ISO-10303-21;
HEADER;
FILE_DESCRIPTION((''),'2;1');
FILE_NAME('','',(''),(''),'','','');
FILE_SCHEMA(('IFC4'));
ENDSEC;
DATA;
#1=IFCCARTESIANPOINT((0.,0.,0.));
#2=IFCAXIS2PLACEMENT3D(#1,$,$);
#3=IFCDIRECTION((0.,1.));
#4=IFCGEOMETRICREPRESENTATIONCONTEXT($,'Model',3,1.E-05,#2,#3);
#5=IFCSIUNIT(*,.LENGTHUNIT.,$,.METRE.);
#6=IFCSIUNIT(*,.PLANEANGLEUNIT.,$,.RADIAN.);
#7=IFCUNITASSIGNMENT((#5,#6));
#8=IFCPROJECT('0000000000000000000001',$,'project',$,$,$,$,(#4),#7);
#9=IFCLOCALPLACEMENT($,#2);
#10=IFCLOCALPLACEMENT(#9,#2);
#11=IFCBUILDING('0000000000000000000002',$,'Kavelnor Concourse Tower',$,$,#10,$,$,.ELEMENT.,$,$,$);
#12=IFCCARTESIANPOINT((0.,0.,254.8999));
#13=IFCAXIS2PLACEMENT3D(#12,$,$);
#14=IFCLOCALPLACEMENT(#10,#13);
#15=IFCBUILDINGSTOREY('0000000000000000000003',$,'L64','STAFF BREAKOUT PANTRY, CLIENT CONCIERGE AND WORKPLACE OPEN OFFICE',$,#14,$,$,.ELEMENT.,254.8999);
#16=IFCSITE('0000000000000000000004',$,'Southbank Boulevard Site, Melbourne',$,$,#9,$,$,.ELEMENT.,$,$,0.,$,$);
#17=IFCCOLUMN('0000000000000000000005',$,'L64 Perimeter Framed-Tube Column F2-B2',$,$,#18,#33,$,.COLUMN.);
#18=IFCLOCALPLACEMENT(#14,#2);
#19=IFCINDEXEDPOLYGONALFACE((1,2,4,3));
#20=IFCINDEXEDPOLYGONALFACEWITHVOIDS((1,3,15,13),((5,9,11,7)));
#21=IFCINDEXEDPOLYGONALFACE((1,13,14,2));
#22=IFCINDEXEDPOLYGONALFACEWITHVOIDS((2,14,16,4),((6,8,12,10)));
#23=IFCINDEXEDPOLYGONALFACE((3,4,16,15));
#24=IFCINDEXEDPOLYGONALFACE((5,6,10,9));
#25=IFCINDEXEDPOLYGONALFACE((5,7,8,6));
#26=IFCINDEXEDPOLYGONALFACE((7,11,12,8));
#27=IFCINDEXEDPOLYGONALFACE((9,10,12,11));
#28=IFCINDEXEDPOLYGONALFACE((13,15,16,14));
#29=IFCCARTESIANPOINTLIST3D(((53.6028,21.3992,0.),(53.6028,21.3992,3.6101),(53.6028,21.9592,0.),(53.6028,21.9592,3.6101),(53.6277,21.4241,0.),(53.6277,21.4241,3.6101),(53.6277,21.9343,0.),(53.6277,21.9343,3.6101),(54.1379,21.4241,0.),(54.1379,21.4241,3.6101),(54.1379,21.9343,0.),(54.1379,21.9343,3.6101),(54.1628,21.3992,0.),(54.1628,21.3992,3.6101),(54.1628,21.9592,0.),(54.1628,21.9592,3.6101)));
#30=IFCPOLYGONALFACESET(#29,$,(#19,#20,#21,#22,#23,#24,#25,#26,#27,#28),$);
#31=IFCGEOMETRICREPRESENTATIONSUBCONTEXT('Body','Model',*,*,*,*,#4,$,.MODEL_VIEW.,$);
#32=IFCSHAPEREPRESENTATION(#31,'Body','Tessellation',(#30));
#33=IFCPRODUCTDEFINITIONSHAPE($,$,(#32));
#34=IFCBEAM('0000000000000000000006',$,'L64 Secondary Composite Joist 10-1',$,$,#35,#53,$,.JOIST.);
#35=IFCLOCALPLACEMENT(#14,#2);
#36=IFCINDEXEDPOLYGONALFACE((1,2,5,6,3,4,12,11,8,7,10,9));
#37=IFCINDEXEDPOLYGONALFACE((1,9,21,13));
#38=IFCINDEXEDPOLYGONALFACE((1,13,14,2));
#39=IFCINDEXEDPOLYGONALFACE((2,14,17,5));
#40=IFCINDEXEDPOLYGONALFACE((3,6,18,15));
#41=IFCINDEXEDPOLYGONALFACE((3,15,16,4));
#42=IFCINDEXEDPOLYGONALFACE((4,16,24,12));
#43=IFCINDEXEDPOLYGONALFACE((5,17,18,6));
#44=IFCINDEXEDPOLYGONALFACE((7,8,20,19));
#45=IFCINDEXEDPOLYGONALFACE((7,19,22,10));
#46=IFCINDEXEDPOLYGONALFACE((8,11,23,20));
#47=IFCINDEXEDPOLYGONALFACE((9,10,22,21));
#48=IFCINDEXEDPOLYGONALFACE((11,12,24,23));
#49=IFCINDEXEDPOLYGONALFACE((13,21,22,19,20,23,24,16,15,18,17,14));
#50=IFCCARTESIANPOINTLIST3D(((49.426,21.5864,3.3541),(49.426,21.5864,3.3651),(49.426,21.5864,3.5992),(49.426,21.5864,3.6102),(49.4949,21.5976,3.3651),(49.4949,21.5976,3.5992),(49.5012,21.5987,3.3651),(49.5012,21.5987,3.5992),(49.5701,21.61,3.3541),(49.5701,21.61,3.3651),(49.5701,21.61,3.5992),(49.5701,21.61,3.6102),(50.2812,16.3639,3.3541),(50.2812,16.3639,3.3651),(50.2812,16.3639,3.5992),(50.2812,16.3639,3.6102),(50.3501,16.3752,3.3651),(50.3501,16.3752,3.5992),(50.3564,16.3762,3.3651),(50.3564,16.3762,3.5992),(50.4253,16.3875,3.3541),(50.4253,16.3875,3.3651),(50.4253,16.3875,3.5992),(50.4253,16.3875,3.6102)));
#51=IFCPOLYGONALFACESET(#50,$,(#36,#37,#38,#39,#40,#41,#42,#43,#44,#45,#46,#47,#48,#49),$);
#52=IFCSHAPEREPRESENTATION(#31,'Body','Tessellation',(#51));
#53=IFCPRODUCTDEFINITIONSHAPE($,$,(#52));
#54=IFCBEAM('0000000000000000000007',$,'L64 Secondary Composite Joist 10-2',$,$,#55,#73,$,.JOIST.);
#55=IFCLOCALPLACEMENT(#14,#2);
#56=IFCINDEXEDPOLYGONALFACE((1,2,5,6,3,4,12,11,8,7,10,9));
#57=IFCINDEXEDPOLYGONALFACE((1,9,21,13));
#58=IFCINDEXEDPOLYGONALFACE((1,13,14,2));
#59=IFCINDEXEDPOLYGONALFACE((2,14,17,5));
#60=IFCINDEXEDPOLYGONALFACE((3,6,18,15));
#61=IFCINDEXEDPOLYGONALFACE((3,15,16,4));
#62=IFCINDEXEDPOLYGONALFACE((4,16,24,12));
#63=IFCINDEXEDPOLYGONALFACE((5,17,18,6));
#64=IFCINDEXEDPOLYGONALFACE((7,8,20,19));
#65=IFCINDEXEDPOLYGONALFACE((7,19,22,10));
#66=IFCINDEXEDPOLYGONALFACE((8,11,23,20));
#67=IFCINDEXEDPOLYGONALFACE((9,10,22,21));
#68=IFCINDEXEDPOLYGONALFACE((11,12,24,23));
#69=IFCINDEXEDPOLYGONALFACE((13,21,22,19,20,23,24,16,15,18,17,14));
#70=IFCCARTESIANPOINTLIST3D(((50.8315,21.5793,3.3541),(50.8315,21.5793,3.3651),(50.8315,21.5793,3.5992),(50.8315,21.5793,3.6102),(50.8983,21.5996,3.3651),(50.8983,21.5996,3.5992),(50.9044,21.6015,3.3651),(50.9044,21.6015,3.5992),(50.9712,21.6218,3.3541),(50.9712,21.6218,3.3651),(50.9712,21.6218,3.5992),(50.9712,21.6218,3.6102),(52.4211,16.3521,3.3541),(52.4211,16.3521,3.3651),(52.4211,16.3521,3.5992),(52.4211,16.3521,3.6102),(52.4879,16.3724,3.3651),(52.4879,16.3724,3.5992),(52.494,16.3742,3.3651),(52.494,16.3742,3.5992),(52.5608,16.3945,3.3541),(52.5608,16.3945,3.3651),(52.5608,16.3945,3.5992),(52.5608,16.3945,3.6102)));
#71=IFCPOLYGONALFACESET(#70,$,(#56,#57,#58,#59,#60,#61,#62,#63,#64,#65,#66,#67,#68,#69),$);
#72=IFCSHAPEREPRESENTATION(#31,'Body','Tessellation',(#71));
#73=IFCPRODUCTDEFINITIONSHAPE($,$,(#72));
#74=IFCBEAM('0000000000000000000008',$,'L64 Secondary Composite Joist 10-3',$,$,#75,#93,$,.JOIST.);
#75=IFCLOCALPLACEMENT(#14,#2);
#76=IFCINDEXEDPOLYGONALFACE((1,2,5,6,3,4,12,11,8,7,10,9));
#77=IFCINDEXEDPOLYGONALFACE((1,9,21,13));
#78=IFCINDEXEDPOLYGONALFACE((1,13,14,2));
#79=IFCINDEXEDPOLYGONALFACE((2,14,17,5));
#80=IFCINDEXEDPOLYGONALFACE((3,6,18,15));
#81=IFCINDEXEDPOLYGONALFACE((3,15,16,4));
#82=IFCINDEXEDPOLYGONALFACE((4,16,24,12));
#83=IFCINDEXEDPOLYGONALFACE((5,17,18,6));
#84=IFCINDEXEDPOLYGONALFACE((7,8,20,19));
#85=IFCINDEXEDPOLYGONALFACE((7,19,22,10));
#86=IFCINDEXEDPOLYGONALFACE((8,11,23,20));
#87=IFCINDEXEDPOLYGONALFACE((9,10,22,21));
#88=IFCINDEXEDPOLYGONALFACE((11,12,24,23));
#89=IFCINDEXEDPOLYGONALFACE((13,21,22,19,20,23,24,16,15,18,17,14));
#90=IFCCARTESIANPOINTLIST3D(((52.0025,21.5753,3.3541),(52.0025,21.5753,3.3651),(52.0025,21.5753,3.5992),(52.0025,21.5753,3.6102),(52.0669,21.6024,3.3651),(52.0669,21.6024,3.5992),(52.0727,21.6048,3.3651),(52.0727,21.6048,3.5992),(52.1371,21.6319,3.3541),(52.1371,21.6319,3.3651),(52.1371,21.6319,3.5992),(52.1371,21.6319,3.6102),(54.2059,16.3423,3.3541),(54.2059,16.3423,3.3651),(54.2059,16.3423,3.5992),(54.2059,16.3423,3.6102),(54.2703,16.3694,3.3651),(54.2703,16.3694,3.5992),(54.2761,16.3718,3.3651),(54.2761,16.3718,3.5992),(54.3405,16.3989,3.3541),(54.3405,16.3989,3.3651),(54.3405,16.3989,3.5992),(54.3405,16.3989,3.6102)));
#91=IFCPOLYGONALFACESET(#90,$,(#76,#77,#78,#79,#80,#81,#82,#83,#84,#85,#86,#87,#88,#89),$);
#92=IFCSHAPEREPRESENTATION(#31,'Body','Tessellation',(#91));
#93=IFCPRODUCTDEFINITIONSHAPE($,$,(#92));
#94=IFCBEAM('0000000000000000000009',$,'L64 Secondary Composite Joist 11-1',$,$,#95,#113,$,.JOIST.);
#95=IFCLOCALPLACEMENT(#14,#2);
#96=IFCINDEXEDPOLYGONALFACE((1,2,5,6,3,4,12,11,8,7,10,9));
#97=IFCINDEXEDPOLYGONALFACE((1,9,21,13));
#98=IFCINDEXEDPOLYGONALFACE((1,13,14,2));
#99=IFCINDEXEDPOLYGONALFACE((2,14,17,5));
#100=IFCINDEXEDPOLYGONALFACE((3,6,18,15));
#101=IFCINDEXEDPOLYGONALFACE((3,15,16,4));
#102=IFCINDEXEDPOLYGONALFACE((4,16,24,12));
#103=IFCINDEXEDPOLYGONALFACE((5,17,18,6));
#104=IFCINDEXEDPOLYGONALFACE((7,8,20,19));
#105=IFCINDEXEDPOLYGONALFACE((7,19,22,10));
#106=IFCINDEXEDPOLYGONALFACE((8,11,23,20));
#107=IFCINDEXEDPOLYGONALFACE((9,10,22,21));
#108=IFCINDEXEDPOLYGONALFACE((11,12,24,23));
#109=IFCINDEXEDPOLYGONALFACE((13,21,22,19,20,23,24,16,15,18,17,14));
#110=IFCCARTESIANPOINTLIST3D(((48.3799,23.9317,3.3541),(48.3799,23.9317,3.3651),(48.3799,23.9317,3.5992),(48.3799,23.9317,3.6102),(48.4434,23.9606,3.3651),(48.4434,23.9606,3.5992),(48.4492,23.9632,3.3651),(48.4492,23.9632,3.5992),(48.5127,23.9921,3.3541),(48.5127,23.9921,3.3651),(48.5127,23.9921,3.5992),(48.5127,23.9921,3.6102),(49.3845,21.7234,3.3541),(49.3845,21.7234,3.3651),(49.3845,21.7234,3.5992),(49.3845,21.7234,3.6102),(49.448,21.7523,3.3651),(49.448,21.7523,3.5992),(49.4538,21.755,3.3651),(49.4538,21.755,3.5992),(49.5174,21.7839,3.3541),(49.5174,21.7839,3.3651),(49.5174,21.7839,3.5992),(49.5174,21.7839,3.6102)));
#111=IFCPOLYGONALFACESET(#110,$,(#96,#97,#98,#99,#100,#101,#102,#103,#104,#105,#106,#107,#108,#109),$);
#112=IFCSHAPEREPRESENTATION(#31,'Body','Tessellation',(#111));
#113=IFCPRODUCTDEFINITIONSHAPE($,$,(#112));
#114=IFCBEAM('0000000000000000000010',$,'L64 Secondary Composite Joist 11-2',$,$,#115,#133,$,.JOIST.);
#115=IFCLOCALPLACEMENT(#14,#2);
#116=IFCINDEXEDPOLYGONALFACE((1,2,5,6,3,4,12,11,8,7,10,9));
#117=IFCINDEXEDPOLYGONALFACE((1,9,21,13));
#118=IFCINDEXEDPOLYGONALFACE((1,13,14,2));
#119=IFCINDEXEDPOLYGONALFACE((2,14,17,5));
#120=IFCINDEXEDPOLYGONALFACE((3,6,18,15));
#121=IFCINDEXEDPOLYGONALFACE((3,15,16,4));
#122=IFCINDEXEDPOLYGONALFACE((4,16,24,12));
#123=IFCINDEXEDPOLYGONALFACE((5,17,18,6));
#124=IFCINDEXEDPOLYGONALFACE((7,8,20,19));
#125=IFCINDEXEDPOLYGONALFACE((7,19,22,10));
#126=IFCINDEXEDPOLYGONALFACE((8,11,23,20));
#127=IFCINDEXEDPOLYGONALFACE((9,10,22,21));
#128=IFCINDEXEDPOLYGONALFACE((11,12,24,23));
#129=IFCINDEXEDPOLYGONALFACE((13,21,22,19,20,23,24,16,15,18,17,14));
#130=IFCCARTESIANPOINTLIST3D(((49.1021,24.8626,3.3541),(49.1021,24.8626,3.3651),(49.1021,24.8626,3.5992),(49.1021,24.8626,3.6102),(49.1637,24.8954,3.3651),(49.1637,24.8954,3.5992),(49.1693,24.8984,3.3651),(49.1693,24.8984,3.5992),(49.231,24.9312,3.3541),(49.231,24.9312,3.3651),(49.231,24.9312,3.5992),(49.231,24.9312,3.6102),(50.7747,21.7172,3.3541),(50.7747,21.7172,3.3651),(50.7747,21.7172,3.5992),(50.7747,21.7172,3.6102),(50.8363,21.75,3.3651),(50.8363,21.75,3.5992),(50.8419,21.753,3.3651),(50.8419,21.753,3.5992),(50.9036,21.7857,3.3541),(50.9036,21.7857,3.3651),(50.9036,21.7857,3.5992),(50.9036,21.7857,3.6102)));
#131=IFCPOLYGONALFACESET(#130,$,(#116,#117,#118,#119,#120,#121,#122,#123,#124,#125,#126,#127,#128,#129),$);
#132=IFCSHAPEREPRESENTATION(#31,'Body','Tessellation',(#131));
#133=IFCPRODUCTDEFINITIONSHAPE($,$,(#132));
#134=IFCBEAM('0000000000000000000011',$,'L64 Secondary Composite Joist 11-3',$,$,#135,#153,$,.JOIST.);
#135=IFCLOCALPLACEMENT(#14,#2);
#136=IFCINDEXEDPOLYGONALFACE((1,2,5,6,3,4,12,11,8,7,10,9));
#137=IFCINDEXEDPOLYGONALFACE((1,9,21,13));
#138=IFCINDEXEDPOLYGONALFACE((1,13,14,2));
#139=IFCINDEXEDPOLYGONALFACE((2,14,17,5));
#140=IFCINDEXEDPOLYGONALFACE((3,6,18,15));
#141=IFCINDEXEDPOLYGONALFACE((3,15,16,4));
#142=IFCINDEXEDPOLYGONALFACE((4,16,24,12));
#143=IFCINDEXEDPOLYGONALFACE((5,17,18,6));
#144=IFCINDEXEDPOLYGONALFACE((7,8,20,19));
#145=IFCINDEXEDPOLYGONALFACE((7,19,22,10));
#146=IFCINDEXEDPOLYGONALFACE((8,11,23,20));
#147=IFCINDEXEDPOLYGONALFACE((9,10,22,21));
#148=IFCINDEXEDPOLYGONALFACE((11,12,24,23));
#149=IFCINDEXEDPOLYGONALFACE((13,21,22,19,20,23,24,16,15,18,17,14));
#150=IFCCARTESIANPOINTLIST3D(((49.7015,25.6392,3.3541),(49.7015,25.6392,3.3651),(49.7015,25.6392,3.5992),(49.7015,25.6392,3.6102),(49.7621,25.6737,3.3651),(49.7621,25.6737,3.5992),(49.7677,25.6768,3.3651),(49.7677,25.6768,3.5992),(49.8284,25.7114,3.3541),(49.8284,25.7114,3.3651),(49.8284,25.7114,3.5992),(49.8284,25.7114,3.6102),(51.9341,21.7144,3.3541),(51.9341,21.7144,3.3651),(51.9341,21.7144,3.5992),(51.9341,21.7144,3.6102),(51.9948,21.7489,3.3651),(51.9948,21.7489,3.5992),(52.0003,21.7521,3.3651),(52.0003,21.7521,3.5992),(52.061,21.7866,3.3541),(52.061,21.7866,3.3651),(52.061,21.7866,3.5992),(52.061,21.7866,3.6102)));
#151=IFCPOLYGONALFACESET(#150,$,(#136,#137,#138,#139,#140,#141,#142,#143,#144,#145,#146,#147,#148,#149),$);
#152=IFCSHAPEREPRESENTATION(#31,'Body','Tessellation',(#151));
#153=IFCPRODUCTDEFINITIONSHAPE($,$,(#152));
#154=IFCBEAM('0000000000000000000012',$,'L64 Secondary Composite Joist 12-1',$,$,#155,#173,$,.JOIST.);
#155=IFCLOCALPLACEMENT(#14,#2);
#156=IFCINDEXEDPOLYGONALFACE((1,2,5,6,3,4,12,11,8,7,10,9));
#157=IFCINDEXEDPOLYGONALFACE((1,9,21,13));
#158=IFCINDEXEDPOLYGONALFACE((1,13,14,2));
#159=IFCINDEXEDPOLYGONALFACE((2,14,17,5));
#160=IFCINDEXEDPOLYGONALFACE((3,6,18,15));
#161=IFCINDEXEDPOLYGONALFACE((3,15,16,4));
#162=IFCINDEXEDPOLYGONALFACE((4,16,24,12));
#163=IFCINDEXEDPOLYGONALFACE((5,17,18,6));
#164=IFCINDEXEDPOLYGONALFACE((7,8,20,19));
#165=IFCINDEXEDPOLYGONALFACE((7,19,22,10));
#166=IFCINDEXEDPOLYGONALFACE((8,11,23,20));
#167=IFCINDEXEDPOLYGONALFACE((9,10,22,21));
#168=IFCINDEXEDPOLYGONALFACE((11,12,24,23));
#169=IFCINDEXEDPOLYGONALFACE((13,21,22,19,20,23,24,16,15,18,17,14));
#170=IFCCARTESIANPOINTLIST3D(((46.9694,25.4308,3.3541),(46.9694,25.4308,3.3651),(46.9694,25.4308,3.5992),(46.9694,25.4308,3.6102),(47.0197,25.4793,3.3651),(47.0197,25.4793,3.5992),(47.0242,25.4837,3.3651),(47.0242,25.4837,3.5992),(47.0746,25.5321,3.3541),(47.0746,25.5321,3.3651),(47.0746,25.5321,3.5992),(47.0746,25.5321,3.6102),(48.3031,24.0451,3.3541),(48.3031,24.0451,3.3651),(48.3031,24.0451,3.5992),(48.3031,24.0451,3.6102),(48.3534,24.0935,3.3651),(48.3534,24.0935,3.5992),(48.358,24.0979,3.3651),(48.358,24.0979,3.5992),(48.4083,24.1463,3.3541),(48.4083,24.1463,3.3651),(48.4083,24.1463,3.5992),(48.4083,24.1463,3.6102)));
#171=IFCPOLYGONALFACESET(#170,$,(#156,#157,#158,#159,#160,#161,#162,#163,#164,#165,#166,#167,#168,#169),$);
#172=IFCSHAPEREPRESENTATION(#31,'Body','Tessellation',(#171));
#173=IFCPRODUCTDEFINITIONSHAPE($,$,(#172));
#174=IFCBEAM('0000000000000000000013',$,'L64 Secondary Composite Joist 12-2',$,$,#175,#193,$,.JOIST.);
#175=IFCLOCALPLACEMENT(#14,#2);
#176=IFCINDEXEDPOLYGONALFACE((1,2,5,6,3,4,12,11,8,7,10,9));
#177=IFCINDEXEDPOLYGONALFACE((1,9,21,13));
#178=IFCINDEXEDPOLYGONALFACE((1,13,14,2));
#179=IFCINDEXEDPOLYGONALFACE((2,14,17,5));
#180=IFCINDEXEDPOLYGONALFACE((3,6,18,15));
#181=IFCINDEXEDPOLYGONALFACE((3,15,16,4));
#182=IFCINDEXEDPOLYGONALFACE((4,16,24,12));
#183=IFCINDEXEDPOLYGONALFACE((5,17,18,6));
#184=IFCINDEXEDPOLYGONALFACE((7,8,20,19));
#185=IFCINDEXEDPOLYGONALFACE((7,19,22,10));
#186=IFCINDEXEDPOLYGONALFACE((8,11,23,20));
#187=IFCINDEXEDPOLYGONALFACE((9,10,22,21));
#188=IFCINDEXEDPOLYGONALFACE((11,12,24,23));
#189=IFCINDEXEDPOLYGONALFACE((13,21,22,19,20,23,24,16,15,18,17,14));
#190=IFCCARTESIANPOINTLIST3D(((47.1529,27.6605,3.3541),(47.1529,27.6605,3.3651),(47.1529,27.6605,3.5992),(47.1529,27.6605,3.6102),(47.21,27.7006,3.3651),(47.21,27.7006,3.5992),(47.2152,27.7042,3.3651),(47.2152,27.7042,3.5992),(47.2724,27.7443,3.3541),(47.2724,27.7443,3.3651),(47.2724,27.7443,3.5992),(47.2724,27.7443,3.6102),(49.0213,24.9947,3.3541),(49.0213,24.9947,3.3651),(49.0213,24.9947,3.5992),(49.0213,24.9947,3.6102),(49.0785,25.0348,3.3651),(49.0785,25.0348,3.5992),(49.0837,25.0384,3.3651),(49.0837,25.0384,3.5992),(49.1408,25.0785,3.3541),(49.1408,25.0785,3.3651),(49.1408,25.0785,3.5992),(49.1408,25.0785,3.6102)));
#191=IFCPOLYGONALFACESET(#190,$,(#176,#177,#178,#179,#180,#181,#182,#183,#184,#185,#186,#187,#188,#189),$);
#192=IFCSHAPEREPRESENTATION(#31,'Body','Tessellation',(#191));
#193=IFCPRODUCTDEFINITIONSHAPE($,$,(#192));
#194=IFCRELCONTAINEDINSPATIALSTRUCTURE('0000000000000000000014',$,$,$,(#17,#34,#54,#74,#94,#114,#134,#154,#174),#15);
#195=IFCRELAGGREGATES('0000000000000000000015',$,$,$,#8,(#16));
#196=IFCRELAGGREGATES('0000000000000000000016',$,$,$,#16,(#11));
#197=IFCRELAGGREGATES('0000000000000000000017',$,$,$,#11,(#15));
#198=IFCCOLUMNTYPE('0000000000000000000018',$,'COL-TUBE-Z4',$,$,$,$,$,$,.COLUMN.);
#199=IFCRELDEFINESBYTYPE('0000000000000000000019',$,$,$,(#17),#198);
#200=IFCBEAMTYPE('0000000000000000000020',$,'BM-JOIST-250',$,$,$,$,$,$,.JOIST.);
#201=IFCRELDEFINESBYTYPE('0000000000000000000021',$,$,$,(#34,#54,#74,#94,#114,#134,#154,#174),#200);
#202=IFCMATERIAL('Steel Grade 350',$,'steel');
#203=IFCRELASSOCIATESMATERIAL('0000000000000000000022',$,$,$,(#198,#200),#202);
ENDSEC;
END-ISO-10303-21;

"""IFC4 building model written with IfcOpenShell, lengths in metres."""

from ifc_helpers import new_model, si_unit, direction, frame, origin, origin_2d, place, context, subcontext, project, spatial, hollow_rectangle, i_section, extrude, material, material_profile, profile_set, type_object, element, save


model = new_model("IFC4")

# Units and contexts
model_context = context("Model", 3, precision=1e-05, world=origin(), true_north=direction((0.0, 1.0)))
body_context = subcontext(model_context, "Body", "Model", "MODEL_VIEW")
ifc_project = project(units=[si_unit("LENGTHUNIT", "METRE"), si_unit("PLANEANGLEUNIT", "RADIAN")], contexts=[model_context])

# Site, building, storey
site_placement = place(None, origin())
site = spatial("IfcSite", under=ifc_project, at=site_placement, Name="Southbank Boulevard Site, Melbourne", CompositionType="ELEMENT", RefElevation=0.0)
building_placement = place(site_placement, origin())
building = spatial("IfcBuilding", under=site, at=building_placement, Name="Kavelnor Concourse Tower", CompositionType="ELEMENT")
storey_placement = place(building_placement, frame((0.0, 0.0, 254.8999)))
storey = spatial("IfcBuildingStorey", under=building, at=storey_placement, Name="L64", Description="STAFF BREAKOUT PANTRY, CLIENT CONCIERGE AND WORKPLACE OPEN OFFICE", CompositionType="ELEMENT", Elevation=254.8999)

# Column
ifc_material_1 = material(Name="Steel Grade 350", Category="steel")
ifc_material_profile_1 = material_profile(ifc_material_1, hollow_rectangle(XDim=0.5601, YDim=0.5601, WallThickness=0.0249, at=origin_2d()), Name="SHS 560x560x25")
ifc_profile_set_1 = profile_set([ifc_material_profile_1], Name="Steel Grade 350")
column_type = type_object("IfcColumnType", Name="COL-TUBE-Z4", PredefinedType="COLUMN", material=ifc_profile_set_1)
column_placement = place(storey_placement, frame((53.8828, 21.6792, 0.0), z_axis=(0.0, 0.0, 1.0), x_axis=(1.0, 0.0, 0.0)))
element("IfcColumn", 1, at=column_placement, inside=storey, type_object=column_type, Name="L64 Perimeter Framed-Tube Column F2-B2", PredefinedType="COLUMN", context=body_context, shape_type="SweptSolid", body=[
    extrude(hollow_rectangle(XDim=0.5601, YDim=0.5601, WallThickness=0.0249, at=origin_2d()), origin(), (0.0, 0.0, 1.0), 3.6101),
])

# Beams
ifc_material_profile_2 = material_profile(ifc_material_1, i_section(OverallWidth=0.146, OverallDepth=0.2561, WebThickness=0.0063, FlangeThickness=0.011, at=origin_2d()), Name="250UB37")
ifc_profile_set_2 = profile_set([ifc_material_profile_2], Name="Steel Grade 350")
beam_type_1 = type_object("IfcBeamType", Name="BM-JOIST-250", PredefinedType="JOIST", material=ifc_profile_set_2)
beam_1_placement = place(storey_placement, frame((50.3533, 16.3757, 3.4822), z_axis=(-0.161608, 0.986855, 0.0), x_axis=(-0.986855, -0.161608, 0.0)))
element("IfcBeam", 2, at=beam_1_placement, inside=storey, type_object=beam_type_1, Name="L64 Secondary Composite Joist 10-1", PredefinedType="JOIST", context=body_context, shape_type="SweptSolid", body=[
    extrude(i_section(OverallWidth=0.146, OverallDepth=0.2561, WebThickness=0.0063, FlangeThickness=0.011, at=origin_2d()), origin(), (0.0, 0.0, 1.0), 5.292),
])
beam_2_placement = place(storey_placement, frame((52.491, 16.3733, 3.4822), z_axis=(-0.290941, 0.956741, 0.0), x_axis=(-0.956741, -0.290941, 0.0)))
element("IfcBeam", 3, at=beam_2_placement, inside=storey, type_object=beam_type_1, Name="L64 Secondary Composite Joist 10-2", PredefinedType="JOIST", context=body_context, shape_type="SweptSolid", body=[
    extrude(i_section(OverallWidth=0.146, OverallDepth=0.2561, WebThickness=0.0063, FlangeThickness=0.011, at=origin_2d()), origin(), (0.0, 0.0, 1.0), 5.4636),
])
beam_3_placement = place(storey_placement, frame((54.2732, 16.3706, 3.4822), z_axis=(-0.388063, 0.921633, 0.0), x_axis=(-0.921633, -0.388063, 0.0)))
element("IfcBeam", 4, at=beam_3_placement, inside=storey, type_object=beam_type_1, Name="L64 Secondary Composite Joist 10-3", PredefinedType="JOIST", context=body_context, shape_type="SweptSolid", body=[
    extrude(i_section(OverallWidth=0.146, OverallDepth=0.2561, WebThickness=0.0063, FlangeThickness=0.011, at=origin_2d()), origin(), (0.0, 0.0, 1.0), 5.678),
])
beam_4_placement = place(storey_placement, frame((49.4509, 21.7537, 3.4822), z_axis=(-0.414106, 0.910229, 0.0), x_axis=(-0.910229, -0.414106, 0.0)))
element("IfcBeam", 5, at=beam_4_placement, inside=storey, type_object=beam_type_1, Name="L64 Secondary Composite Joist 11-1", PredefinedType="JOIST", context=body_context, shape_type="SweptSolid", body=[
    extrude(i_section(OverallWidth=0.146, OverallDepth=0.2561, WebThickness=0.0063, FlangeThickness=0.011, at=origin_2d()), origin(), (0.0, 0.0, 1.0), 2.426),
])
beam_5_placement = place(storey_placement, frame((50.8391, 21.7515, 3.4822), z_axis=(-0.469496, 0.882935, 0.0), x_axis=(-0.882935, -0.469496, 0.0)))
element("IfcBeam", 6, at=beam_5_placement, inside=storey, type_object=beam_type_1, Name="L64 Secondary Composite Joist 11-2", PredefinedType="JOIST", context=body_context, shape_type="SweptSolid", body=[
    extrude(i_section(OverallWidth=0.146, OverallDepth=0.2561, WebThickness=0.0063, FlangeThickness=0.011, at=origin_2d()), origin(), (0.0, 0.0, 1.0), 3.5625),
])
beam_6_placement = place(storey_placement, frame((51.9976, 21.7505, 3.4822), z_axis=(-0.494455, 0.869203, 0.0), x_axis=(-0.869203, -0.494455, 0.0)))
element("IfcBeam", 7, at=beam_6_placement, inside=storey, type_object=beam_type_1, Name="L64 Secondary Composite Joist 11-3", PredefinedType="JOIST", context=body_context, shape_type="SweptSolid", body=[
    extrude(i_section(OverallWidth=0.146, OverallDepth=0.2561, WebThickness=0.0063, FlangeThickness=0.011, at=origin_2d()), origin(), (0.0, 0.0, 1.0), 4.5154),
])
beam_7_placement = place(storey_placement, frame((48.3557, 24.0957, 3.4822), z_axis=(-0.693459, 0.720496, 0.0), x_axis=(-0.720496, -0.693459, 0.0)))
element("IfcBeam", 8, at=beam_7_placement, inside=storey, type_object=beam_type_1, Name="L64 Secondary Composite Joist 12-1", PredefinedType="JOIST", context=body_context, shape_type="SweptSolid", body=[
    extrude(i_section(OverallWidth=0.146, OverallDepth=0.2561, WebThickness=0.0063, FlangeThickness=0.011, at=origin_2d()), origin(), (0.0, 0.0, 1.0), 1.9233),
])
beam_8_placement = place(storey_placement, frame((49.0811, 25.0366, 3.4822), z_axis=(-0.57395, 0.81889, 0.0), x_axis=(-0.81889, -0.57395, 0.0)))
element("IfcBeam", 9, at=beam_8_placement, inside=storey, type_object=beam_type_1, Name="L64 Secondary Composite Joist 12-2", PredefinedType="JOIST", context=body_context, shape_type="SweptSolid", body=[
    extrude(i_section(OverallWidth=0.146, OverallDepth=0.2561, WebThickness=0.0063, FlangeThickness=0.011, at=origin_2d()), origin(), (0.0, 0.0, 1.0), 3.2554),
])

save(model, "model.ifc")
